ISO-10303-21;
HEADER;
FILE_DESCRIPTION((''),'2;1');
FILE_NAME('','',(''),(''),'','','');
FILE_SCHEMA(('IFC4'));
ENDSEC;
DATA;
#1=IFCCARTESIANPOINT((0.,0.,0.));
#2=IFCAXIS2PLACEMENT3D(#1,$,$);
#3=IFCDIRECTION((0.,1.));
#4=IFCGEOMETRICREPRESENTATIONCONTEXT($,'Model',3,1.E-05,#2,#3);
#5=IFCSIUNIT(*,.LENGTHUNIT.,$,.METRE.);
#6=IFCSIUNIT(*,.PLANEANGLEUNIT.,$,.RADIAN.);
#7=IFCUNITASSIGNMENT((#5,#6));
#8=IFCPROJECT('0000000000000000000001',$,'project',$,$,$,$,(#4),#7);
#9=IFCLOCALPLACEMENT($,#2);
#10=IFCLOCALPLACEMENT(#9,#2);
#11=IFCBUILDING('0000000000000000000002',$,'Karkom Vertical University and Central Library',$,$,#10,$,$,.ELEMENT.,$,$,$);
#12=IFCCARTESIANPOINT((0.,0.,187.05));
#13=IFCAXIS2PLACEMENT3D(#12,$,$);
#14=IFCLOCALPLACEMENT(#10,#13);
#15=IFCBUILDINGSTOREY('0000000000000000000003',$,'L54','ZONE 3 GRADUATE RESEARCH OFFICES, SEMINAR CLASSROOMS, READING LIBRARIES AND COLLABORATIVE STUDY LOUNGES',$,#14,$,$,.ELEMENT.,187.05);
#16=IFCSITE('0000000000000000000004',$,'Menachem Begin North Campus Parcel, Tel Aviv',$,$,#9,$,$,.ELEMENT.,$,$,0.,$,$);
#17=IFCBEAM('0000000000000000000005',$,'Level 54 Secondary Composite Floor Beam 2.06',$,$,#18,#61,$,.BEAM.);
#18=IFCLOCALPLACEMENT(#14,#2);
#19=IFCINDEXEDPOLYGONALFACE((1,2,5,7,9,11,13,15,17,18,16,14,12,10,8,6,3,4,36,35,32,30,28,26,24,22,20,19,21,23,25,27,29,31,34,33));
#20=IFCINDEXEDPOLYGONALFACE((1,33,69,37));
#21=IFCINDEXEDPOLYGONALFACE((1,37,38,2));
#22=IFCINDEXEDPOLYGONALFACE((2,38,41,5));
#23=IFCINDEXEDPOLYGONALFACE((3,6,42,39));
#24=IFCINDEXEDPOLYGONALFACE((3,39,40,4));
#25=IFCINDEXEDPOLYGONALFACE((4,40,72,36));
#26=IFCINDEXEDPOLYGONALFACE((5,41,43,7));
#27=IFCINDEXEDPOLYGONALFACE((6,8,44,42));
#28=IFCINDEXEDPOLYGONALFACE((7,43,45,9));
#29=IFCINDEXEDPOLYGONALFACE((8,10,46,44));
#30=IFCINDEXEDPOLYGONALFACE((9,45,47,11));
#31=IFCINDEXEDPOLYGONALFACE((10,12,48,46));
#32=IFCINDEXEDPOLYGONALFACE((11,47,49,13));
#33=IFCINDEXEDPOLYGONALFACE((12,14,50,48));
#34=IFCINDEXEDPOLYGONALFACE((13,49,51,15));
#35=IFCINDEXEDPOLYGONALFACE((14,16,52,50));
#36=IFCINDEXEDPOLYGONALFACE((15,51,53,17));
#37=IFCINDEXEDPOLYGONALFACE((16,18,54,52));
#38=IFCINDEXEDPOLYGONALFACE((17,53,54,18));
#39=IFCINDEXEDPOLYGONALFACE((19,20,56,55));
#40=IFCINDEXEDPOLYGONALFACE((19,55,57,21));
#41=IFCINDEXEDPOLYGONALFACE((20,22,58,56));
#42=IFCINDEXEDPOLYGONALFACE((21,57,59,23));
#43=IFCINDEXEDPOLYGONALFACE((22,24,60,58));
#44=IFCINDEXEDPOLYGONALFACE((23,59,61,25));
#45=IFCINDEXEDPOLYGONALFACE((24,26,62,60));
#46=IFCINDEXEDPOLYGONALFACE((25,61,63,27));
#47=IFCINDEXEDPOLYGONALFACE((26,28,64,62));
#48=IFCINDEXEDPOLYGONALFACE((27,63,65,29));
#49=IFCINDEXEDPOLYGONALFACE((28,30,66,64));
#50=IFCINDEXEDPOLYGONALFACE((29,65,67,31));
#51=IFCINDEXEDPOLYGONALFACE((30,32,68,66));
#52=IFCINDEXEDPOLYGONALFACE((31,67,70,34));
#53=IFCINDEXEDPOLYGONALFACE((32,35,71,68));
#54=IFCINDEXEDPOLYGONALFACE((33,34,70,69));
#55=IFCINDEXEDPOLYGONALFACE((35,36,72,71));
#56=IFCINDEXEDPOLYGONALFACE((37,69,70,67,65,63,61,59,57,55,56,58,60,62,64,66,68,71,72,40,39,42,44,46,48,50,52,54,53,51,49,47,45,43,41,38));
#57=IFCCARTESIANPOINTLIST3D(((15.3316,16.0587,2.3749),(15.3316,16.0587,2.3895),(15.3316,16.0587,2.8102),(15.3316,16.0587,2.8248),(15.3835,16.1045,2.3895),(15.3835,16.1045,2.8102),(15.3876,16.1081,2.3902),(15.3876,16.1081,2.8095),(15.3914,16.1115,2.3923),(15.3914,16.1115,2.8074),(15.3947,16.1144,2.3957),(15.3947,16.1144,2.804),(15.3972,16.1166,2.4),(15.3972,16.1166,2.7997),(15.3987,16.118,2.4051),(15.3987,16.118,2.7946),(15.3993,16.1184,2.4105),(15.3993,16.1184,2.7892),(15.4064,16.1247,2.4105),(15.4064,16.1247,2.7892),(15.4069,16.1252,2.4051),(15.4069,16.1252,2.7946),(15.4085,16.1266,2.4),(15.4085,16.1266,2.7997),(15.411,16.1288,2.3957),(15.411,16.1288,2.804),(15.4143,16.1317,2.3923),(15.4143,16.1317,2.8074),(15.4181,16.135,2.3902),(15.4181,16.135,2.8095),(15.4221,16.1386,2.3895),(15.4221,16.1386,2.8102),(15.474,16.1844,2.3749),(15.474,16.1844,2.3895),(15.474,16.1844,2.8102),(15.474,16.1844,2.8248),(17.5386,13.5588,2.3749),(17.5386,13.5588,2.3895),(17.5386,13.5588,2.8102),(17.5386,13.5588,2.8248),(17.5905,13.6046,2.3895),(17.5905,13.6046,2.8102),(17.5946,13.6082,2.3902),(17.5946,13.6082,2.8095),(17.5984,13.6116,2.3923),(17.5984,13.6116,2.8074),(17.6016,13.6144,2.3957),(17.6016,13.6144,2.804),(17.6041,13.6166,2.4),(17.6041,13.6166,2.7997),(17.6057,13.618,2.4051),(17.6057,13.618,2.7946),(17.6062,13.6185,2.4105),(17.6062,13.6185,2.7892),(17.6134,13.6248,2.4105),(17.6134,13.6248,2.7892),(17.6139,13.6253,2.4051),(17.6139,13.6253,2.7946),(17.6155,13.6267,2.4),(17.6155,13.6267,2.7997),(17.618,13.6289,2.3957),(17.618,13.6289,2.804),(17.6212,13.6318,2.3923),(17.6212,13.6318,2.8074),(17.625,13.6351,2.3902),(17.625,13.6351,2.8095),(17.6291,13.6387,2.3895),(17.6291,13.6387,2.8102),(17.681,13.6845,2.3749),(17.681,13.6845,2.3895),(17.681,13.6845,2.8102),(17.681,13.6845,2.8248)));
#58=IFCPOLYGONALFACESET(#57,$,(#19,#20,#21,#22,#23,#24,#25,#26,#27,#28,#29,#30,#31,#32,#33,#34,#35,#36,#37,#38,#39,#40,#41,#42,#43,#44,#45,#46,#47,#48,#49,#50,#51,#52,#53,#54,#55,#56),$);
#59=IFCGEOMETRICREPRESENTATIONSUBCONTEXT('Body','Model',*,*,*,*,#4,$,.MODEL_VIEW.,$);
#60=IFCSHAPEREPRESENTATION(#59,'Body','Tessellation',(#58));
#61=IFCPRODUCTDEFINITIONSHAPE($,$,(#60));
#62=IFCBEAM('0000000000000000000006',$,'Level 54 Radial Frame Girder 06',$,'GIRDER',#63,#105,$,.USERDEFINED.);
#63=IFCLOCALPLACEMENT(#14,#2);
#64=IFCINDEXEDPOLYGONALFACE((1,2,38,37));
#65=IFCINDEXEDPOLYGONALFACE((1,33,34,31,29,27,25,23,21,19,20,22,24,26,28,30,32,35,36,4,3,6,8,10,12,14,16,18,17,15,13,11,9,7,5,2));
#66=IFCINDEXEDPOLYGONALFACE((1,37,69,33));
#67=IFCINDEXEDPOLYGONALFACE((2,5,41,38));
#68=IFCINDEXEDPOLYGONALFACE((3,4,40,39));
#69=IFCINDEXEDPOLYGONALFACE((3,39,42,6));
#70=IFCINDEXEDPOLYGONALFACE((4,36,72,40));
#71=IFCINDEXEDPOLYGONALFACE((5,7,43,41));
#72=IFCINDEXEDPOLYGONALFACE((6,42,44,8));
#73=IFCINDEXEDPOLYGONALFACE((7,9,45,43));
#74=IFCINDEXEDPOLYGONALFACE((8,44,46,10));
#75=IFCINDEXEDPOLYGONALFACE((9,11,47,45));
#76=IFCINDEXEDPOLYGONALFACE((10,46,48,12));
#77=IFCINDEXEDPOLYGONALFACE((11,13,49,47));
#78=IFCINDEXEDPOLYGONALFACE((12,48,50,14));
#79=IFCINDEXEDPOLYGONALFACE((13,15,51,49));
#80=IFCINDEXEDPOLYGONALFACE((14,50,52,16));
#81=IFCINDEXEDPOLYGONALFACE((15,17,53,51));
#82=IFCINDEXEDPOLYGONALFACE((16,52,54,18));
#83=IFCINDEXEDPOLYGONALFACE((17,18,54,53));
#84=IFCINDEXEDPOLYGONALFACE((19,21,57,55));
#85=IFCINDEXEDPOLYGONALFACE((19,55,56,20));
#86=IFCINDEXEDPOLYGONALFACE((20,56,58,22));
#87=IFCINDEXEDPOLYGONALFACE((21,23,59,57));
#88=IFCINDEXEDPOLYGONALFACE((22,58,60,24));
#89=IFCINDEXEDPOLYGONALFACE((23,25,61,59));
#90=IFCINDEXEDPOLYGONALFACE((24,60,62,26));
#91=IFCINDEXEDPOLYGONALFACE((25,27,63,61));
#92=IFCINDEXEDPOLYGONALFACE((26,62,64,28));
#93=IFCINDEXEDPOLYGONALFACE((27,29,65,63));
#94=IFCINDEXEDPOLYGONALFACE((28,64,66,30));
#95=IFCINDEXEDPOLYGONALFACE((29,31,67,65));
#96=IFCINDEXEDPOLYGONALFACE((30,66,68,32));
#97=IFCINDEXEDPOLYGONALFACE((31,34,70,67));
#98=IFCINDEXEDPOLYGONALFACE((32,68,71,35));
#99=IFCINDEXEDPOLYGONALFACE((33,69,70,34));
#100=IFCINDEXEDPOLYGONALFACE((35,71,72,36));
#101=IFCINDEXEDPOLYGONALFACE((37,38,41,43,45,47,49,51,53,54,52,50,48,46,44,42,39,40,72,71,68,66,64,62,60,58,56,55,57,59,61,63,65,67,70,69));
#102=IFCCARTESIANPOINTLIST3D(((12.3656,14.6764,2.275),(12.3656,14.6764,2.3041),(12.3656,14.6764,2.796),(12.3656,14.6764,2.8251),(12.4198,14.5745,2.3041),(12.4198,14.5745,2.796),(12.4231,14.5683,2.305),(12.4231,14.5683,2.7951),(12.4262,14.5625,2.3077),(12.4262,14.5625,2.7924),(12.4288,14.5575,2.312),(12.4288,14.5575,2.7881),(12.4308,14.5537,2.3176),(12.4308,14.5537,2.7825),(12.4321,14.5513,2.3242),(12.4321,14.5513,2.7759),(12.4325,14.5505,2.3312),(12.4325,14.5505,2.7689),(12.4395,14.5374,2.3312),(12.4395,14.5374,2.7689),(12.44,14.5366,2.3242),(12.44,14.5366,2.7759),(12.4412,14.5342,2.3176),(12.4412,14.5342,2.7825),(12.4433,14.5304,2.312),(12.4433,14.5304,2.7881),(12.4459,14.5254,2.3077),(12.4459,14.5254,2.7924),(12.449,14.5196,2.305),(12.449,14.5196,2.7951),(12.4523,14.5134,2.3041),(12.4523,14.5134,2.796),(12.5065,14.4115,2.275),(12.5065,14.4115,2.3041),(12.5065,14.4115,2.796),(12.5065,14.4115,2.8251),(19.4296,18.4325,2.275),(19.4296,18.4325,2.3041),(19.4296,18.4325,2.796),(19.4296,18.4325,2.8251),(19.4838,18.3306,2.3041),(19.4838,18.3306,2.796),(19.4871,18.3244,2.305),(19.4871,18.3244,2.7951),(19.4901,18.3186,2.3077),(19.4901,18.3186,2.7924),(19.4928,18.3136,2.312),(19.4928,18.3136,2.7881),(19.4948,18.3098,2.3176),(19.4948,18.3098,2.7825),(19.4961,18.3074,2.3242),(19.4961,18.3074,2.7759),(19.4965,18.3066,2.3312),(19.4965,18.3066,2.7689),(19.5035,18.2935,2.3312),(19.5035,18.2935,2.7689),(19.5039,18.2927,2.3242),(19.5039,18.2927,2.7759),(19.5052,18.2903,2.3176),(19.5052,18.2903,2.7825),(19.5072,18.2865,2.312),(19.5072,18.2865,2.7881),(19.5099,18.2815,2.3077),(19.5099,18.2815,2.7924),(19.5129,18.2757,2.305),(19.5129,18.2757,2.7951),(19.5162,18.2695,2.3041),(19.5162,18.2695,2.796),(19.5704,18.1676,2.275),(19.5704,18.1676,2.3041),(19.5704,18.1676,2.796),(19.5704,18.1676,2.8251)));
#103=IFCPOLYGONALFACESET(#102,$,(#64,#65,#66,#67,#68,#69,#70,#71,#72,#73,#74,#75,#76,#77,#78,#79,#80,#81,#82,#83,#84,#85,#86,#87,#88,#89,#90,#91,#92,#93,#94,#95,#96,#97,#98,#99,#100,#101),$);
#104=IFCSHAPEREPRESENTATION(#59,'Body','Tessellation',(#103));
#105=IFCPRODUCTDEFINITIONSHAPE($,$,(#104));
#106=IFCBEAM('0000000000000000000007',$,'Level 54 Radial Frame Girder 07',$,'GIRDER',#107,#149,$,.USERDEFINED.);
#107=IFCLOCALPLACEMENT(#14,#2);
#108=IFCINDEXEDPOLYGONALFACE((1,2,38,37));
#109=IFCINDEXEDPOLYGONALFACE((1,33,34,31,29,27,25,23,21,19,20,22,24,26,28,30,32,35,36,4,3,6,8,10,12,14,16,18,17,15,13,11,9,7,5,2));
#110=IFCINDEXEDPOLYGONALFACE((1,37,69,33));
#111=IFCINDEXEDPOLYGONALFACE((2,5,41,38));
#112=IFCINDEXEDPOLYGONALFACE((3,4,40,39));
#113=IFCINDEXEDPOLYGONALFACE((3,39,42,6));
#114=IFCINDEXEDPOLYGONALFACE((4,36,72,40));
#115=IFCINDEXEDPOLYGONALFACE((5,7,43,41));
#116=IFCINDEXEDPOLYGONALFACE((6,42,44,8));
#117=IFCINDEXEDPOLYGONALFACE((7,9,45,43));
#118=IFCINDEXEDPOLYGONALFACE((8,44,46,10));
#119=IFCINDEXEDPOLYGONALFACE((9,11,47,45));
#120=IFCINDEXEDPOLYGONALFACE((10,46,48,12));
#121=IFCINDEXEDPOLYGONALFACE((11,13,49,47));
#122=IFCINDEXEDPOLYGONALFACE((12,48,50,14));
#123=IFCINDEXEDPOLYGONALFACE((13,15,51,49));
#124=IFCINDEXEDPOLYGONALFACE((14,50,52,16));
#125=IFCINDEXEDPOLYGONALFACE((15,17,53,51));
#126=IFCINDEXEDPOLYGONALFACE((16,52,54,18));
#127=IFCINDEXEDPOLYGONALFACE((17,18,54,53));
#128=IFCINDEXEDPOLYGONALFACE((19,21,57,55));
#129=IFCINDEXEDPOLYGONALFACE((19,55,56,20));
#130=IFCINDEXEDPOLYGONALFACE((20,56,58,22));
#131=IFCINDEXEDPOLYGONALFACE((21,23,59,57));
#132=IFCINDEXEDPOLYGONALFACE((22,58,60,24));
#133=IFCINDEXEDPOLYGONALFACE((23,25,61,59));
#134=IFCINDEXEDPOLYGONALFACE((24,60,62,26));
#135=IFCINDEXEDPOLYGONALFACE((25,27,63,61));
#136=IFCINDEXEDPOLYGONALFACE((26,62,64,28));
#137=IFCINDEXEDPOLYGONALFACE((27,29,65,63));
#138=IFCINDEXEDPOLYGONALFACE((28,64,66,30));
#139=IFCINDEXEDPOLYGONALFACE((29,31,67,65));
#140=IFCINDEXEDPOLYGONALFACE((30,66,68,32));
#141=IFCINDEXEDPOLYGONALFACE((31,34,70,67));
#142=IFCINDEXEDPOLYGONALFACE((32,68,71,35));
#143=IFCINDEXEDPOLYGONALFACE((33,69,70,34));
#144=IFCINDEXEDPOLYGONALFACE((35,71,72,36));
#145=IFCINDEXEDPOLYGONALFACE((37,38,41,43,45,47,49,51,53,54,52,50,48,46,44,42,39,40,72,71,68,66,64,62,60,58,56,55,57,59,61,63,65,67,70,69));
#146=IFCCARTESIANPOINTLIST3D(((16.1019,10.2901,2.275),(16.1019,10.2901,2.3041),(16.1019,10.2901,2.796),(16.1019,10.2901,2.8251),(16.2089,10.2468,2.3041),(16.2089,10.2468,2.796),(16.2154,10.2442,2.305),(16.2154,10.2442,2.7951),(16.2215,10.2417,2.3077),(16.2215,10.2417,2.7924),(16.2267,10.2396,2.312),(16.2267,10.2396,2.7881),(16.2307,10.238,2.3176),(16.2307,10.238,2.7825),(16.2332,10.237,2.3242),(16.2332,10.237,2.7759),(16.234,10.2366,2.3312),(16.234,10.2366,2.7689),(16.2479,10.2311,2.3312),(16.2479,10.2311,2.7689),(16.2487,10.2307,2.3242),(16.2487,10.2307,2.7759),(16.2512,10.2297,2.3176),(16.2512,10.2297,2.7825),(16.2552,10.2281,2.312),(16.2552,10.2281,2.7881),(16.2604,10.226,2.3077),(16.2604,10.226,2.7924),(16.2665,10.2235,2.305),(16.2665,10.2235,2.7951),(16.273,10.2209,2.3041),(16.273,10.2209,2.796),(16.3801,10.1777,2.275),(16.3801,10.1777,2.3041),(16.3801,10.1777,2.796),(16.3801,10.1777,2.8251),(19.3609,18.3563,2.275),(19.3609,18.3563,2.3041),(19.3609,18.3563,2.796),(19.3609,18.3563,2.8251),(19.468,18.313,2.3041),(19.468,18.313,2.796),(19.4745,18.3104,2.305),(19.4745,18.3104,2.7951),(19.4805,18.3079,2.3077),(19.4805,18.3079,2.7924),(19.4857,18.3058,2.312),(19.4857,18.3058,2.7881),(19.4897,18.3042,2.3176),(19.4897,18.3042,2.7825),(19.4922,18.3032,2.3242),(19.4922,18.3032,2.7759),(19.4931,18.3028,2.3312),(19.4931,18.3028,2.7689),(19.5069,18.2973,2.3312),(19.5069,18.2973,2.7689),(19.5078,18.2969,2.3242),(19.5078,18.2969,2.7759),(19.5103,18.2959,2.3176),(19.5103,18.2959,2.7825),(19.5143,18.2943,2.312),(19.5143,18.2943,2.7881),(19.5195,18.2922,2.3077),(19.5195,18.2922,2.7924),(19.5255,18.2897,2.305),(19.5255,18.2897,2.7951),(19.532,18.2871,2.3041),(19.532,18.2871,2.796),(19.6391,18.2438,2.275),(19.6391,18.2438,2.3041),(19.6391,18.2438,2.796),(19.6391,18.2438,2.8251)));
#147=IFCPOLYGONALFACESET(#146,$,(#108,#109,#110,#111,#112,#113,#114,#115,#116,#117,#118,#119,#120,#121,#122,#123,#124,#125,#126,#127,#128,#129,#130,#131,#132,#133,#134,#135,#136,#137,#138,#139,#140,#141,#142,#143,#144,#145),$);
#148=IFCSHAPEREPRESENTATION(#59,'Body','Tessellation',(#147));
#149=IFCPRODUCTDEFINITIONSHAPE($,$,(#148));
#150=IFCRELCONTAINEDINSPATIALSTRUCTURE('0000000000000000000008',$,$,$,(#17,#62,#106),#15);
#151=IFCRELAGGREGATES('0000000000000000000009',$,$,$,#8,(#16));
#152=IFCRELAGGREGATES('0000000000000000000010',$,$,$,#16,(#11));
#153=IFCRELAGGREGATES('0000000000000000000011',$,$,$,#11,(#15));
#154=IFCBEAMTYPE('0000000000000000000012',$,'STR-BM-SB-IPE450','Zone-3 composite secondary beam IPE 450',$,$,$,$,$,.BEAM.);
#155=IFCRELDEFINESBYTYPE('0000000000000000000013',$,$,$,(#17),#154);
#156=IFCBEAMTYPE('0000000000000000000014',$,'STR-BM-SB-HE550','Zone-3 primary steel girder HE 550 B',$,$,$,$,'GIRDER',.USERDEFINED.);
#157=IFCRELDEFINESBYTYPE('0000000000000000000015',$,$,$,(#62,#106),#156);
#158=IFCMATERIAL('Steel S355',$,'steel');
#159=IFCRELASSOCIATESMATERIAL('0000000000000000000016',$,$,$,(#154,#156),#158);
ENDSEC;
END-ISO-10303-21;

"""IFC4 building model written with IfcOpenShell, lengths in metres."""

from ifc_helpers import new_model, si_unit, direction, frame, origin, origin_with_axes, origin_2d, place, context, subcontext, project, spatial, i_section, extrude, source, transform, mapped, material, material_profile, profile_set, type_object, element, save


model = new_model("IFC4")

# Units and contexts
model_context = context("Model", 3, precision=1e-05, world=origin(), true_north=direction((0.0, 1.0)))
body_context = subcontext(model_context, "Body", "Model", "MODEL_VIEW")
ifc_project = project(units=[si_unit("LENGTHUNIT", "METRE"), si_unit("PLANEANGLEUNIT", "RADIAN")], contexts=[model_context])

# Site, building, storey
site_placement = place(None, origin())
site = spatial("IfcSite", under=ifc_project, at=site_placement, Name="Menachem Begin North Campus Parcel, Tel Aviv", CompositionType="ELEMENT", RefElevation=0.0)
building_placement = place(site_placement, origin())
building = spatial("IfcBuilding", under=site, at=building_placement, Name="Karkom Vertical University and Central Library", CompositionType="ELEMENT")
storey_placement = place(building_placement, frame((0.0, 0.0, 187.05)))
storey = spatial("IfcBuildingStorey", under=building, at=storey_placement, Name="L54", Description="ZONE 3 GRADUATE RESEARCH OFFICES, SEMINAR CLASSROOMS, READING LIBRARIES AND COLLABORATIVE STUDY LOUNGES", CompositionType="ELEMENT", Elevation=187.05)

# Beams
ifc_material_1 = material(Name="Steel S355", Category="steel")
ifc_material_profile_1 = material_profile(ifc_material_1, i_section(OverallWidth=0.1899, OverallDepth=0.45, WebThickness=0.0095, FlangeThickness=0.0146, FilletRadius=0.021, at=origin_2d()), Name="IPE 450")
ifc_profile_set_1 = profile_set([ifc_material_profile_1], Name="Steel S355")
beam_type_1 = type_object("IfcBeamType", Name="STR-BM-SB-IPE450", Description="Zone-3 composite secondary beam IPE 450", PredefinedType="BEAM", material=ifc_profile_set_1)
shared_shape_1 = source(origin_with_axes(), body_context, "Body", "SweptSolid", [
    extrude(i_section(OverallWidth=0.1899, OverallDepth=0.45, WebThickness=0.0095, FlangeThickness=0.0146, FilletRadius=0.021, at=origin_2d()), origin(), (0.0, 0.0, 1.0), 3.3347),
])
beam_1_placement = place(storey_placement, frame((15.4028, 16.1216, 2.5999), z_axis=(0.661815, -0.749667, 0.0), x_axis=(0.749667, 0.661815, 0.0)))
element("IfcBeam", 1, at=beam_1_placement, inside=storey, type_object=beam_type_1, Name="Level 54 Secondary Composite Floor Beam 2.06", PredefinedType="BEAM", context=body_context, shape_type="MappedRepresentation", body=[
    mapped(shared_shape_1, transform((0.0, 0.0, 0.0), scale=1.0)),
])
ifc_material_profile_2 = material_profile(ifc_material_1, i_section(OverallWidth=0.3, OverallDepth=0.55, WebThickness=0.0149, FlangeThickness=0.0291, FilletRadius=0.0271, at=origin_2d()), Name="HE 550 B")
ifc_profile_set_2 = profile_set([ifc_material_profile_2], Name="Steel S355")
beam_type_2 = type_object("IfcBeamType", Name="STR-BM-SB-HE550", Description="Zone-3 primary steel girder HE 550 B", ElementType="GIRDER", PredefinedType="USERDEFINED", material=ifc_profile_set_2)
shared_shape_2 = source(origin_with_axes(), body_context, "Body", "SweptSolid", [
    extrude(i_section(OverallWidth=0.3, OverallDepth=0.55, WebThickness=0.0149, FlangeThickness=0.0291, FilletRadius=0.0271, at=origin_2d()), origin(), (0.0, 0.0, 1.0), 8.0005),
])
beam_2_placement = place(storey_placement, frame((19.5, 18.3, 2.55), z_axis=(-0.882941, -0.469484, 0.0), x_axis=(0.469484, -0.882941, 0.0)))
element("IfcBeam", 2, at=beam_2_placement, inside=storey, type_object=beam_type_2, Name="Level 54 Radial Frame Girder 06", ObjectType="GIRDER", PredefinedType="USERDEFINED", context=body_context, shape_type="MappedRepresentation", body=[
    mapped(shared_shape_2, transform((0.0, 0.0, 0.0), scale=1.0)),
])
shared_shape_3 = source(origin_with_axes(), body_context, "Body", "SweptSolid", [
    extrude(i_section(OverallWidth=0.3, OverallDepth=0.55, WebThickness=0.0149, FlangeThickness=0.0291, FilletRadius=0.0271, at=origin_2d()), origin(), (0.0, 0.0, 1.0), 8.6997),
])
beam_3_placement = place(storey_placement, frame((19.5, 18.3, 2.55), z_axis=(-0.374616, -0.92718, 0.0), x_axis=(0.92718, -0.374616, 0.0)))
element("IfcBeam", 3, at=beam_3_placement, inside=storey, type_object=beam_type_2, Name="Level 54 Radial Frame Girder 07", ObjectType="GIRDER", PredefinedType="USERDEFINED", context=body_context, shape_type="MappedRepresentation", body=[
    mapped(shared_shape_3, transform((0.0, 0.0, 0.0), scale=1.0)),
])

save(model, "model.ifc")
